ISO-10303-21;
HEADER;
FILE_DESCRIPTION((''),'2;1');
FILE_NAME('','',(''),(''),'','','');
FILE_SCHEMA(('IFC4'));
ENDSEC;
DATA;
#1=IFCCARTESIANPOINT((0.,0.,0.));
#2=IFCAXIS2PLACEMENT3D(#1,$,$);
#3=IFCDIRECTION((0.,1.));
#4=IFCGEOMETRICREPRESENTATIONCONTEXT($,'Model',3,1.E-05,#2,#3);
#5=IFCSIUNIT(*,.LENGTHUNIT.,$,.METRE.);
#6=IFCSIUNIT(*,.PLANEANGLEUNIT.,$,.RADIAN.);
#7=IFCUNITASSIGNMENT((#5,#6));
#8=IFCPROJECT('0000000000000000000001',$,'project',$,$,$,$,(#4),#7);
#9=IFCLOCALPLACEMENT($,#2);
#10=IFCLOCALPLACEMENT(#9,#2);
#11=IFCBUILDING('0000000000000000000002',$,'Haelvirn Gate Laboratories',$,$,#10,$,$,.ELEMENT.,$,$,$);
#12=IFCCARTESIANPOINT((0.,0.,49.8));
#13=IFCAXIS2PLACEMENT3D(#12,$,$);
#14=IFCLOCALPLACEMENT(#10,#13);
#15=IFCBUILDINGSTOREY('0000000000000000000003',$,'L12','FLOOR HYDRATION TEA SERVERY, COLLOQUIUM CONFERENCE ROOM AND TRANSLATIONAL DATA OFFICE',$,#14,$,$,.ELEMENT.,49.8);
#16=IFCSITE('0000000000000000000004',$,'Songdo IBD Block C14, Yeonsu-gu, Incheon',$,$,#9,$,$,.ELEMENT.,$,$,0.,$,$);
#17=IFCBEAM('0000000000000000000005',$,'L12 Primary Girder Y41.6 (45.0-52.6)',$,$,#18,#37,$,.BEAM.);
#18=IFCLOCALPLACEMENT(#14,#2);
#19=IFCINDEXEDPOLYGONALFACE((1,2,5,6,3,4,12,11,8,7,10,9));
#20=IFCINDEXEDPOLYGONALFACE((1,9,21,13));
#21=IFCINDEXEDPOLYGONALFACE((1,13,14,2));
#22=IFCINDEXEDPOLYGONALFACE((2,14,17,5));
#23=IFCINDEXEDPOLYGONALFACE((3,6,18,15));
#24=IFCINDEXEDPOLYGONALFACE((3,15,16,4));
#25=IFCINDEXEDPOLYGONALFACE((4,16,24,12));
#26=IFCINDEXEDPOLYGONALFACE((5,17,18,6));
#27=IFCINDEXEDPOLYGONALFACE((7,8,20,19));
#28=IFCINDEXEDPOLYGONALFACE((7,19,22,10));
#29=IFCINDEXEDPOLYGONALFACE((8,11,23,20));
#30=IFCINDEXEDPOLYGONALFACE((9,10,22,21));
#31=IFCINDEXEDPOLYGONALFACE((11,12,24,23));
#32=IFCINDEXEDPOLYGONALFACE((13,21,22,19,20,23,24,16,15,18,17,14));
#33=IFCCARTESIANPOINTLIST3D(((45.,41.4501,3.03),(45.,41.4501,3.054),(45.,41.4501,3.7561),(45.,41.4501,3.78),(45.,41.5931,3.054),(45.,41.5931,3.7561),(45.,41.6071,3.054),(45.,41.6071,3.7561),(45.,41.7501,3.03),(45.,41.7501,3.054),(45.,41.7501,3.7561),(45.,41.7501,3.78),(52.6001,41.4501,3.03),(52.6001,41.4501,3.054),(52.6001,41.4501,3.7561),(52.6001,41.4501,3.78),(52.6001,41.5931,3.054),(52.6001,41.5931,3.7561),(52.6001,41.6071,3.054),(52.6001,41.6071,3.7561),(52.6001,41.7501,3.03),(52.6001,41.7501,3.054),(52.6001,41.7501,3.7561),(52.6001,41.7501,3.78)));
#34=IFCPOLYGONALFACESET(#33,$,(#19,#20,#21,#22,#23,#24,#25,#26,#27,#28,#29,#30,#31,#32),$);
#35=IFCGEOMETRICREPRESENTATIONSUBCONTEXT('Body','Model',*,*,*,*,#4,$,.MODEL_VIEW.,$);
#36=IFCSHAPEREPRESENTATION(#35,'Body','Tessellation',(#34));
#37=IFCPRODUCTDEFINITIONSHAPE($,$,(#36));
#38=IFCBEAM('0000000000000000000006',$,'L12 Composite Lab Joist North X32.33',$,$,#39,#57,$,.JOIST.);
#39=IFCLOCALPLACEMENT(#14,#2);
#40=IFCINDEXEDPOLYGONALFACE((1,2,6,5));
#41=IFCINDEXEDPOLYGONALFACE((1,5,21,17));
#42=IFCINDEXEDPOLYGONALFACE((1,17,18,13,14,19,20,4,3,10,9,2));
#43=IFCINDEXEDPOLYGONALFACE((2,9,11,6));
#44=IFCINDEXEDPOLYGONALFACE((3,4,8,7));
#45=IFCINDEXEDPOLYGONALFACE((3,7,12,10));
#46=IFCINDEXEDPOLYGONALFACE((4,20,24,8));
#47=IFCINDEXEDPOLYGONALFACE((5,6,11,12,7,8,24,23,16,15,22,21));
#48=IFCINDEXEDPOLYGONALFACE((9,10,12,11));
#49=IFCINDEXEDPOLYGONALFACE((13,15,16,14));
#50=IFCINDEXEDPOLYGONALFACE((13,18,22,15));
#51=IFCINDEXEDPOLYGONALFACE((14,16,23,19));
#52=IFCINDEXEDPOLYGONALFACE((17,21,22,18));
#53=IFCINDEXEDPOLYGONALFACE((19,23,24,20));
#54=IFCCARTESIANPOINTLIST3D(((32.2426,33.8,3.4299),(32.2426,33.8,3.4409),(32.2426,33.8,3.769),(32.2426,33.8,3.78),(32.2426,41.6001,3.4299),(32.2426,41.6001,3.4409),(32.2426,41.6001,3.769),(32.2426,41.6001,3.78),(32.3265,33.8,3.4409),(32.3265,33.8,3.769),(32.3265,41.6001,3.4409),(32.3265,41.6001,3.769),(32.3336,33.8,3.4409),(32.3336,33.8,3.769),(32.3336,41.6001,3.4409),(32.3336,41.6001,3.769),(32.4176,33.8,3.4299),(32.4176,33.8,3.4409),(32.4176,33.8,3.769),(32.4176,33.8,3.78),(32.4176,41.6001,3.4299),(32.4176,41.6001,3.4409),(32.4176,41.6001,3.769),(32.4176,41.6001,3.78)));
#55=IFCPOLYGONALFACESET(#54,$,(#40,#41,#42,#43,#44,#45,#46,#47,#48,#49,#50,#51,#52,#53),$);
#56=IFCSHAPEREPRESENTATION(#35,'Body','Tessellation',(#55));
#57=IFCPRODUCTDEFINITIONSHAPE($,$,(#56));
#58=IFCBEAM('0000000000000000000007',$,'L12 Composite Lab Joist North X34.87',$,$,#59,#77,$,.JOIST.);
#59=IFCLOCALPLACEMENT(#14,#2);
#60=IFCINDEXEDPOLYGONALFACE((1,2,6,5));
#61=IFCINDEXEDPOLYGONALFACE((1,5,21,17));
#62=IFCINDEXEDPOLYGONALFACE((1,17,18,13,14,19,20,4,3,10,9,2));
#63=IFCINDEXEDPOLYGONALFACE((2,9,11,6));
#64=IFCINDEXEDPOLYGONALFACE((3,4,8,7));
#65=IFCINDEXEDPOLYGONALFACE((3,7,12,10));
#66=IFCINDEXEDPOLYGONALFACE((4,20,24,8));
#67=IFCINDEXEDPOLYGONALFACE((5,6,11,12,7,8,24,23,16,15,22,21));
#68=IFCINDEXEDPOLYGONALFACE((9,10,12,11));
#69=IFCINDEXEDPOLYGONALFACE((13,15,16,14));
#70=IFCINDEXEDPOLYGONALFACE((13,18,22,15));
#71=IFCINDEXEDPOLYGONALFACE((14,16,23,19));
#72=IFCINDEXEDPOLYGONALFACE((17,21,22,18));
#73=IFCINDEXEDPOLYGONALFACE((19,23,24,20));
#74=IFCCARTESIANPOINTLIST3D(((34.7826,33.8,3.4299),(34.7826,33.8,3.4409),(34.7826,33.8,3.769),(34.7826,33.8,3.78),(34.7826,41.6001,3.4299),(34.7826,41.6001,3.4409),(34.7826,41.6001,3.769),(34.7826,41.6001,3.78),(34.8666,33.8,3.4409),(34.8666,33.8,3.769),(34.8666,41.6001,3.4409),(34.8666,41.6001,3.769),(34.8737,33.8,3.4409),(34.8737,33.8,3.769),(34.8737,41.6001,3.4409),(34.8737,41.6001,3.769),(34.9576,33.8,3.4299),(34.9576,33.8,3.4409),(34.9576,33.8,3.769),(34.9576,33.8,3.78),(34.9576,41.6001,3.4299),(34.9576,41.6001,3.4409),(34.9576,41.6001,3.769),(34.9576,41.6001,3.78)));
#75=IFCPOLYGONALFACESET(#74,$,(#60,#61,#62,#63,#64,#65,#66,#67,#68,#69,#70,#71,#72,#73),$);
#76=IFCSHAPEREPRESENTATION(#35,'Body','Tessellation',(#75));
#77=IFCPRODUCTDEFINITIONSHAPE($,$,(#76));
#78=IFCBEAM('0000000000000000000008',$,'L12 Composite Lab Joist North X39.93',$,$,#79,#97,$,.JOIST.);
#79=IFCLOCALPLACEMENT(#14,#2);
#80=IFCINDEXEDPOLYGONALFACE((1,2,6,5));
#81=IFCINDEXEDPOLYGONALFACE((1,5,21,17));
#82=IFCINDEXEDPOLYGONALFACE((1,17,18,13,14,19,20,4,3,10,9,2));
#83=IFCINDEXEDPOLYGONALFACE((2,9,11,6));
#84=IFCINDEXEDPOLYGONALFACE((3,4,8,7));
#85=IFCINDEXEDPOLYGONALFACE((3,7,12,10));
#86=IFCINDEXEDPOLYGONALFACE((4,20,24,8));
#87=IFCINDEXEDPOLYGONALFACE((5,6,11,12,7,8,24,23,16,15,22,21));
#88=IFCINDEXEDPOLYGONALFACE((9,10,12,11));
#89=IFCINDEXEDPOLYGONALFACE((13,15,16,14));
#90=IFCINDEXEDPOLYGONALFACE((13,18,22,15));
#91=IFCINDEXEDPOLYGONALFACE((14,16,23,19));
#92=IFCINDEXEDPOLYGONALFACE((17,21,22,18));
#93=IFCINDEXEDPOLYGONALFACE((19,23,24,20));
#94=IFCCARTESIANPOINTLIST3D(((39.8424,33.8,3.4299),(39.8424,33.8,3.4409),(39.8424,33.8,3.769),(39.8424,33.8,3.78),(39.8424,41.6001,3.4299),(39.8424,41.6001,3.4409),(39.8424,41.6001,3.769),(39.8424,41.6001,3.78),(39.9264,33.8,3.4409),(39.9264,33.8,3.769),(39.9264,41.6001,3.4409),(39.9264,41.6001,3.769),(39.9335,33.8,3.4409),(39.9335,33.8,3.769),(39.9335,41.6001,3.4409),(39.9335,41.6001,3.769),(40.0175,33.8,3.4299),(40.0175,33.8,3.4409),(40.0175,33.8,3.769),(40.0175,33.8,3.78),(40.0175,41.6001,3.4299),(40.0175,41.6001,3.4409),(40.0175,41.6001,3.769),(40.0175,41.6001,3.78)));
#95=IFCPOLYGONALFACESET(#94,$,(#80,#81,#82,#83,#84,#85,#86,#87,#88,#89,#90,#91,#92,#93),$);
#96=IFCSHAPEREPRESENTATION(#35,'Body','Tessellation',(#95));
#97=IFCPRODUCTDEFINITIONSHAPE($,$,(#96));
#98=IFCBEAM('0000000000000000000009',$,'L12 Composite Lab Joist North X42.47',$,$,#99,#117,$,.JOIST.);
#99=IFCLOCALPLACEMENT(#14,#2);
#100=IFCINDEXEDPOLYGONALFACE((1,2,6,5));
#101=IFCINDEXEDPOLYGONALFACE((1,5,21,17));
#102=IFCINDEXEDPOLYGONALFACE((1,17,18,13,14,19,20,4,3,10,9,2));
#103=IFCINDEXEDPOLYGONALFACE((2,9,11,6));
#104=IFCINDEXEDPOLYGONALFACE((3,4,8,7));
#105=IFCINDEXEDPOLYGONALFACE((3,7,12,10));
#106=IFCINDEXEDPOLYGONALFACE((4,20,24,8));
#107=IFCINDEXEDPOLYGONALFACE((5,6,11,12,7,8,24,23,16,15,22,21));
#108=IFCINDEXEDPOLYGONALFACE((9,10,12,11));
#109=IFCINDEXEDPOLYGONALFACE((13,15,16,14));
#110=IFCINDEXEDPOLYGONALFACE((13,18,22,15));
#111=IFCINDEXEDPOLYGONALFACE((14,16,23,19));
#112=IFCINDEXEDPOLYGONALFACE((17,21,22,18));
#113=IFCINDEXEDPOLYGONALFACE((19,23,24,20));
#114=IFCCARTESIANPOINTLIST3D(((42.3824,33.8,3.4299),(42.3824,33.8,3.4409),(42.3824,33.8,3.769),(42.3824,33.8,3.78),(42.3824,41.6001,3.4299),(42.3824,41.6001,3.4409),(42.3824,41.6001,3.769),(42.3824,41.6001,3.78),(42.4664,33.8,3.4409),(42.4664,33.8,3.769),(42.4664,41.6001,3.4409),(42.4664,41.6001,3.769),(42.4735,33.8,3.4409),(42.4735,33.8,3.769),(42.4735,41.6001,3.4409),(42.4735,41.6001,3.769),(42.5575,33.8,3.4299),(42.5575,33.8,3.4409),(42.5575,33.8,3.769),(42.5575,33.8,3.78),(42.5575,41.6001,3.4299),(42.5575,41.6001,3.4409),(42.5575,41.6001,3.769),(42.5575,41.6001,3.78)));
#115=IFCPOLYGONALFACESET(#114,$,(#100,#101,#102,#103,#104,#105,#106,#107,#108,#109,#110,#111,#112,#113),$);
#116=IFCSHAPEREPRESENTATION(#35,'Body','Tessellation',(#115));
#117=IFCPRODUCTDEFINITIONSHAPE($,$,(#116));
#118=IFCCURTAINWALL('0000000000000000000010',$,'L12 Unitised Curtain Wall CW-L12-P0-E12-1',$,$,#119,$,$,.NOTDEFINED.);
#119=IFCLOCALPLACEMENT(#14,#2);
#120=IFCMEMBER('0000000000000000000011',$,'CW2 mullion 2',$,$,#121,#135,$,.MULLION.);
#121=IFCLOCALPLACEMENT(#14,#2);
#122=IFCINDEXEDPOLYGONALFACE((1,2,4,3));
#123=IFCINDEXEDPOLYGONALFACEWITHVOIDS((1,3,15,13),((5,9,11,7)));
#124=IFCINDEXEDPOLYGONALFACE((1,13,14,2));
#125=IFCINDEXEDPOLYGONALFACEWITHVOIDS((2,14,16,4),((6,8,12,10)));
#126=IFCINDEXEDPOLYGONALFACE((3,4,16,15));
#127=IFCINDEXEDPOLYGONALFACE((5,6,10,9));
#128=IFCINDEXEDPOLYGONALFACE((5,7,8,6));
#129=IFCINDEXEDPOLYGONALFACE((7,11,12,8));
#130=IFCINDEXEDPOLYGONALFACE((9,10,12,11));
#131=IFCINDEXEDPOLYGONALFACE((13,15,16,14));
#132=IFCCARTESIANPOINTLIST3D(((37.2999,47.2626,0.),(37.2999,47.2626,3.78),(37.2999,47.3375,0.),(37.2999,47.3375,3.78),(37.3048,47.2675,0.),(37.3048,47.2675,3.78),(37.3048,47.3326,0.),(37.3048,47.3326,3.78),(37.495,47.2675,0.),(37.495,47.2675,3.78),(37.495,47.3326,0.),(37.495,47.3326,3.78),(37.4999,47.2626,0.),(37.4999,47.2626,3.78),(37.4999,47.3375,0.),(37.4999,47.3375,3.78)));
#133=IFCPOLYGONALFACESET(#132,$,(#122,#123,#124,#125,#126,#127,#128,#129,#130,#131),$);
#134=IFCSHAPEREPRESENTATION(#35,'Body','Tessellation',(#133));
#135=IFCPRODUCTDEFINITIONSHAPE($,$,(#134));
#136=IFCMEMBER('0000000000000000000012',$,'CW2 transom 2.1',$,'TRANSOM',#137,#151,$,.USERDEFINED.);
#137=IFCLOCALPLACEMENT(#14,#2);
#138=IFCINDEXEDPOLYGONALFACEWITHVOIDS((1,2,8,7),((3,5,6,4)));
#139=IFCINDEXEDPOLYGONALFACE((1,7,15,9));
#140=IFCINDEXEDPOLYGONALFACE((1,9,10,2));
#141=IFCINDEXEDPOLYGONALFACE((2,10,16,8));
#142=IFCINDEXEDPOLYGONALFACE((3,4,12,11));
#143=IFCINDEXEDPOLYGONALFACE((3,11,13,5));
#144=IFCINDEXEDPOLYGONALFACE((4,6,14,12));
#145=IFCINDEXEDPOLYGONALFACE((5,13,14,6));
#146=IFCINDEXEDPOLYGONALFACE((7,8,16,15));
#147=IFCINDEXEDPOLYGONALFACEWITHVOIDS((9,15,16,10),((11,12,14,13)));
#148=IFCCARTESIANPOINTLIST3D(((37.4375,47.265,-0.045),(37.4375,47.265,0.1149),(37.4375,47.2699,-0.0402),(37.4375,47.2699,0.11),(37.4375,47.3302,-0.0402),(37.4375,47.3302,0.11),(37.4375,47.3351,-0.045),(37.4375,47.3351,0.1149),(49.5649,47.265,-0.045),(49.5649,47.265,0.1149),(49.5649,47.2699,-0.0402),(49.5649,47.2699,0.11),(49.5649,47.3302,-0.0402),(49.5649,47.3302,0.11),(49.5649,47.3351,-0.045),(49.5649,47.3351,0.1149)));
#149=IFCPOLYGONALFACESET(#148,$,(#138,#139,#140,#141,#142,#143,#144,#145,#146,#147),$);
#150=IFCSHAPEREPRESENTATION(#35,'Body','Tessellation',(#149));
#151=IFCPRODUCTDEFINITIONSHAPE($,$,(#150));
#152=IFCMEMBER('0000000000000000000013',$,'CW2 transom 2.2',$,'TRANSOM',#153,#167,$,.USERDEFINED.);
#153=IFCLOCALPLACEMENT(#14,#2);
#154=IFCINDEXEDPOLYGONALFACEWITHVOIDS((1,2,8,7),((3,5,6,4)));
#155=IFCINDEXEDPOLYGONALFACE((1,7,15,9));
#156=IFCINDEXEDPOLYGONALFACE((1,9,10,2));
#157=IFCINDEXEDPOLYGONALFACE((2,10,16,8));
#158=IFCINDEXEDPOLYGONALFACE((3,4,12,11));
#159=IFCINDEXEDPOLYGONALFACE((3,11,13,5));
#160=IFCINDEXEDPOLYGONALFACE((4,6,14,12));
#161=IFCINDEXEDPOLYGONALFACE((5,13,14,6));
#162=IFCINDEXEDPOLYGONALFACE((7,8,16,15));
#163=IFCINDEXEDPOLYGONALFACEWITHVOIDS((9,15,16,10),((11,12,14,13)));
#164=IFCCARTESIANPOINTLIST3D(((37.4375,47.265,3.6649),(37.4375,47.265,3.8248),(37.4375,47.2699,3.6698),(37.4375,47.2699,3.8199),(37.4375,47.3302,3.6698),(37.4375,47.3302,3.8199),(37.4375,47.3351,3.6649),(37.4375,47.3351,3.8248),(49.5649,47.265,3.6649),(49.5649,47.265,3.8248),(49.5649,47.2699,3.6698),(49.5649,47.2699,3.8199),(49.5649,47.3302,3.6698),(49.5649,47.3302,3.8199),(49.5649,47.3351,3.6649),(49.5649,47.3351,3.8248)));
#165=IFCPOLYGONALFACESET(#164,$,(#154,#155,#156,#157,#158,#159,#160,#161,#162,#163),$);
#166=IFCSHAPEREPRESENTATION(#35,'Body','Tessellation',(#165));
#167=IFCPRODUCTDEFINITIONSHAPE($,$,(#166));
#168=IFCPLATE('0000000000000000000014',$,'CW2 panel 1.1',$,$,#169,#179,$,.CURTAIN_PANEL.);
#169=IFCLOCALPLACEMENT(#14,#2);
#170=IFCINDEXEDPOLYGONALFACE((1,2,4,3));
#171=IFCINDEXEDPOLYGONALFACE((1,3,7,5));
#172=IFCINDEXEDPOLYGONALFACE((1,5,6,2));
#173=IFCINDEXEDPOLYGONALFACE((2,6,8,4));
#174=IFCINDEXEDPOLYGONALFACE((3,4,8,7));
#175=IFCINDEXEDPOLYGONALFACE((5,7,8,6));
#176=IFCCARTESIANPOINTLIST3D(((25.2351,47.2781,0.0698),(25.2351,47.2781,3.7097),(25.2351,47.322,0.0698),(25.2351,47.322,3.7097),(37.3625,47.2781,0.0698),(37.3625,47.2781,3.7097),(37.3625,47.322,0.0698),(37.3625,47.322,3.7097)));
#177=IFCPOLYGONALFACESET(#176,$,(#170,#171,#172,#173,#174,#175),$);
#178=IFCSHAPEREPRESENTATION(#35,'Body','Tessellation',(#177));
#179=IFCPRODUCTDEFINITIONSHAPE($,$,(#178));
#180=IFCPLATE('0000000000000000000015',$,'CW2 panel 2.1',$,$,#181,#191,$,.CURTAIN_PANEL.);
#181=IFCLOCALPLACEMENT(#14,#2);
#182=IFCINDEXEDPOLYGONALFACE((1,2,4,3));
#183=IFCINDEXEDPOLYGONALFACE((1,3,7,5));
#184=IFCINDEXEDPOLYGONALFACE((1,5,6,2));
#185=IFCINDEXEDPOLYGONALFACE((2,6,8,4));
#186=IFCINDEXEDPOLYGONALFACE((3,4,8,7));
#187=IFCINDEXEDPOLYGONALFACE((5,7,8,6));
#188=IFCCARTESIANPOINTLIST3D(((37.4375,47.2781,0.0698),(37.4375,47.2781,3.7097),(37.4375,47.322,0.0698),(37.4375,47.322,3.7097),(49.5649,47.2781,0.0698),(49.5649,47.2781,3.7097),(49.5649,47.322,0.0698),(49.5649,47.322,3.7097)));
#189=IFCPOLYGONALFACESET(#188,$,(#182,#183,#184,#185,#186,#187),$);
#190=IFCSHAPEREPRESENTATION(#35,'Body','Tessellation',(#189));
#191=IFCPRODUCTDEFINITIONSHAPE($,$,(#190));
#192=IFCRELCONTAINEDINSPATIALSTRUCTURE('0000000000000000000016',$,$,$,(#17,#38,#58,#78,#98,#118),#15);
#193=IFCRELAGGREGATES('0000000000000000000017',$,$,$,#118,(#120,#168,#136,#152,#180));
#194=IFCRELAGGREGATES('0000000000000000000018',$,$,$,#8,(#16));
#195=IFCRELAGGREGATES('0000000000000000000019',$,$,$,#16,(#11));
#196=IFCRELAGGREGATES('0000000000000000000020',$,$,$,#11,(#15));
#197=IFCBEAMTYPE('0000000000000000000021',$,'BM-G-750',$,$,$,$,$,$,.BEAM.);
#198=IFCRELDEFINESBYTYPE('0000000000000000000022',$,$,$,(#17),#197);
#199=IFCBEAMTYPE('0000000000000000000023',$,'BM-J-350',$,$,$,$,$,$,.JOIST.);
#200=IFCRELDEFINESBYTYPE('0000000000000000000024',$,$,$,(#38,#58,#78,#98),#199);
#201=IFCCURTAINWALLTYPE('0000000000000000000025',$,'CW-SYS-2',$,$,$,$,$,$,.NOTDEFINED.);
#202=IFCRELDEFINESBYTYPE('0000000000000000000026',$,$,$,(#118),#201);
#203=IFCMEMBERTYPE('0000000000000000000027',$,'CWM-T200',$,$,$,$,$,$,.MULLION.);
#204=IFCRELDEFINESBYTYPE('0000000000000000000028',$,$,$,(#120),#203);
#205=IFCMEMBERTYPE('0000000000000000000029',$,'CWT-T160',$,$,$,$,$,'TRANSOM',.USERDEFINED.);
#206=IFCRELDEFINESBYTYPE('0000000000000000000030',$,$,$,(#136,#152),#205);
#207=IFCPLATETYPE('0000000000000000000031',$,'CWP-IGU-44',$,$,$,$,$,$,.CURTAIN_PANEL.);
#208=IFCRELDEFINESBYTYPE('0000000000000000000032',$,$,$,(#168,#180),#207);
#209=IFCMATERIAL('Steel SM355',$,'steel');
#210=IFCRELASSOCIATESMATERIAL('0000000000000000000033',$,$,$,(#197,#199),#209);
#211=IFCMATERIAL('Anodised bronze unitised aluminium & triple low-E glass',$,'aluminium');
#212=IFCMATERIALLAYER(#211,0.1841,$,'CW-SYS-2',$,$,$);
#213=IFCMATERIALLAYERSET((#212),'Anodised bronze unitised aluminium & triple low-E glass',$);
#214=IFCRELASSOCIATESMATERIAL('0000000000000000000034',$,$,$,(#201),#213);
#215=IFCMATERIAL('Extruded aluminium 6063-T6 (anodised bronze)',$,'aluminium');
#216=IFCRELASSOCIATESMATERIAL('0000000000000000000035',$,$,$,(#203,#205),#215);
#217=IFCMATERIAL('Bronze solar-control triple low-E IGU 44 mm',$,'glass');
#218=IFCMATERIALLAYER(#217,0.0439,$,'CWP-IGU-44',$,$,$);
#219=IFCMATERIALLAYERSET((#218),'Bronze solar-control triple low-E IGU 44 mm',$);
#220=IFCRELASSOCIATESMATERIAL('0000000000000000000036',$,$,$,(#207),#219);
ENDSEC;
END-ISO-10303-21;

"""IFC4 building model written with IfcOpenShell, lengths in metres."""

from ifc_helpers import new_model, si_unit, direction, frame, origin, origin_2d, place, context, subcontext, project, spatial, rectangle, hollow_rectangle, i_section, extrude, source, transform, mapped, material, layer, layer_set, material_profile, profile_set, type_object, type_shapes, element, aggregate, save


model = new_model("IFC4")

# Units and contexts
model_context = context("Model", 3, precision=1e-05, world=origin(), true_north=direction((0.0, 1.0)))
body_context = subcontext(model_context, "Body", "Model", "MODEL_VIEW")
ifc_project = project(units=[si_unit("LENGTHUNIT", "METRE"), si_unit("PLANEANGLEUNIT", "RADIAN")], contexts=[model_context])

# Site, building, storey
site_placement = place(None, origin())
site = spatial("IfcSite", under=ifc_project, at=site_placement, Name="Songdo IBD Block C14, Yeonsu-gu, Incheon", CompositionType="ELEMENT", RefElevation=0.0)
building_placement = place(site_placement, origin())
building = spatial("IfcBuilding", under=site, at=building_placement, Name="Haelvirn Gate Laboratories", CompositionType="ELEMENT")
storey_placement = place(building_placement, frame((0.0, 0.0, 49.8)))
storey = spatial("IfcBuildingStorey", under=building, at=storey_placement, Name="L12", Description="FLOOR HYDRATION TEA SERVERY, COLLOQUIUM CONFERENCE ROOM AND TRANSLATIONAL DATA OFFICE", CompositionType="ELEMENT", Elevation=49.8)

# Beams
ifc_material_1 = material(Name="Steel SM355", Category="steel")
ifc_material_profile_1 = material_profile(ifc_material_1, i_section(OverallWidth=0.3, OverallDepth=0.75, WebThickness=0.0139, FlangeThickness=0.0239, at=origin_2d()), Name="H-750x300x14x24")
ifc_profile_set_1 = profile_set([ifc_material_profile_1], Name="Steel SM355")
beam_type_1 = type_object("IfcBeamType", Name="BM-G-750", PredefinedType="BEAM", material=ifc_profile_set_1)
shared_shape_1 = source(origin(), body_context, "Body", "SweptSolid", [
    extrude(i_section(OverallWidth=0.3, OverallDepth=0.75, WebThickness=0.0139, FlangeThickness=0.0239, at=origin_2d()), origin(), (0.0, 0.0, 1.0), 7.6001),
])
type_shapes(beam_type_1, [shared_shape_1])
for number, where, z_axis, x_axis, name in (
    (1, (45.0, 41.6001, 3.405), (1.0, 0.0, 0.0), (0.0, 1.0, 0.0), "L12 Primary Girder Y41.6 (45.0-52.6)"),
):
    element("IfcBeam", number, at=place(storey_placement, frame(where, z_axis=z_axis, x_axis=x_axis)), inside=storey, type_object=beam_type_1, Name=name, PredefinedType="BEAM", context=body_context, shape_type="MappedRepresentation", body=[
        mapped(shared_shape_1, transform((0.0, 0.0, 0.0), scale=1.0)),
    ])
ifc_material_profile_2 = material_profile(ifc_material_1, i_section(OverallWidth=0.175, OverallDepth=0.3501, WebThickness=0.0071, FlangeThickness=0.011, at=origin_2d()), Name="H-350x175x7x11")
ifc_profile_set_2 = profile_set([ifc_material_profile_2], Name="Steel SM355")
beam_type_2 = type_object("IfcBeamType", Name="BM-J-350", PredefinedType="JOIST", material=ifc_profile_set_2)
shared_shape_2 = source(origin(), body_context, "Body", "SweptSolid", [
    extrude(i_section(OverallWidth=0.175, OverallDepth=0.3501, WebThickness=0.0071, FlangeThickness=0.011, at=origin_2d()), origin(), (0.0, 0.0, 1.0), 7.8),
])
type_shapes(beam_type_2, [shared_shape_2])
for number, where, z_axis, x_axis, name in (
    (2, (32.3301, 33.8, 3.605), (0.0, 1.0, 0.0), (-1.0, 0.0, 0.0), "L12 Composite Lab Joist North X32.33"),
    (3, (34.8701, 33.8, 3.605), (0.0, 1.0, 0.0), (-1.0, 0.0, 0.0), "L12 Composite Lab Joist North X34.87"),
    (4, (39.9299, 33.8, 3.605), (0.0, 1.0, 0.0), (-1.0, 0.0, 0.0), "L12 Composite Lab Joist North X39.93"),
    (5, (42.47, 33.8, 3.605), (0.0, 1.0, 0.0), (-1.0, 0.0, 0.0), "L12 Composite Lab Joist North X42.47"),
):
    element("IfcBeam", number, at=place(storey_placement, frame(where, z_axis=z_axis, x_axis=x_axis)), inside=storey, type_object=beam_type_2, Name=name, PredefinedType="JOIST", context=body_context, shape_type="MappedRepresentation", body=[
        mapped(shared_shape_2, transform((0.0, 0.0, 0.0), scale=1.0)),
    ])

# Curtain wall, members, plates
ifc_material_2 = material(Name="Anodised bronze unitised aluminium & triple low-E glass", Category="aluminium")
ifc_layer_1 = layer(ifc_material_2, 0.1841, Name="CW-SYS-2")
ifc_layer_set_1 = layer_set([ifc_layer_1], Name="Anodised bronze unitised aluminium & triple low-E glass")
curtain_wall_type = type_object("IfcCurtainWallType", Name="CW-SYS-2", PredefinedType="NOTDEFINED", material=ifc_layer_set_1)
curtain_wall_placement = place(storey_placement, origin())
curtain_wall = element("IfcCurtainWall", 6, at=curtain_wall_placement, inside=storey, type_object=curtain_wall_type, Name="L12 Unitised Curtain Wall CW-L12-P0-E12-1", PredefinedType="NOTDEFINED")
ifc_material_3 = material(Name="Extruded aluminium 6063-T6 (anodised bronze)", Category="aluminium")
ifc_material_profile_3 = material_profile(ifc_material_3, hollow_rectangle(XDim=0.075, YDim=0.2, WallThickness=0.0049, at=origin_2d()), Name="CWM-200x75x5")
ifc_profile_set_3 = profile_set([ifc_material_profile_3], Name="Extruded aluminium 6063-T6 (anodised bronze)")
member_type_1 = type_object("IfcMemberType", Name="CWM-T200", PredefinedType="MULLION", material=ifc_profile_set_3)
shared_shape_3 = source(origin(), body_context, "Body", "SweptSolid", [
    extrude(hollow_rectangle(XDim=0.075, YDim=0.2, WallThickness=0.0049, at=origin_2d()), origin(), (0.0, 0.0, 1.0), 3.78),
])
type_shapes(member_type_1, [shared_shape_3])
member_1_placement = place(storey_placement, frame((37.3999, 47.3, 0.0), z_axis=(0.0, 0.0, 1.0), x_axis=(0.0, 1.0, 0.0)))
member_1 = element("IfcMember", 7, at=member_1_placement, type_object=member_type_1, Name="CW2 mullion 2", PredefinedType="MULLION", context=body_context, shape_type="MappedRepresentation", body=[
    mapped(shared_shape_3, transform((0.0, 0.0, 0.0), scale=1.0)),
])
ifc_material_profile_4 = material_profile(ifc_material_3, hollow_rectangle(XDim=0.0701, YDim=0.1599, WallThickness=0.0049, at=origin_2d()), Name="CWT-160x70x5")
ifc_profile_set_4 = profile_set([ifc_material_profile_4], Name="Extruded aluminium 6063-T6 (anodised bronze)")
member_type_2 = type_object("IfcMemberType", Name="CWT-T160", ElementType="TRANSOM", PredefinedType="USERDEFINED", material=ifc_profile_set_4)
shared_shape_4 = source(origin(), body_context, "Body", "SweptSolid", [
    extrude(hollow_rectangle(XDim=0.0701, YDim=0.1599, WallThickness=0.0049, at=origin_2d()), origin(), (0.0, 0.0, 1.0), 12.1274),
])
type_shapes(member_type_2, [shared_shape_4])
member_2_placement = place(storey_placement, frame((37.4375, 47.3, 0.0349), z_axis=(1.0, 0.0, 0.0), x_axis=(0.0, 1.0, 0.0)))
member_2 = element("IfcMember", 8, at=member_2_placement, type_object=member_type_2, Name="CW2 transom 2.1", ObjectType="TRANSOM", PredefinedType="USERDEFINED", context=body_context, shape_type="MappedRepresentation", body=[
    mapped(shared_shape_4, transform((0.0, 0.0, 0.0), scale=1.0)),
])
member_3_placement = place(storey_placement, frame((37.4375, 47.3, 3.7449), z_axis=(1.0, 0.0, 0.0), x_axis=(0.0, 1.0, 0.0)))
member_3 = element("IfcMember", 9, at=member_3_placement, type_object=member_type_2, Name="CW2 transom 2.2", ObjectType="TRANSOM", PredefinedType="USERDEFINED", context=body_context, shape_type="MappedRepresentation", body=[
    mapped(shared_shape_4, transform((0.0, 0.0, 0.0), scale=1.0)),
])
ifc_material_4 = material(Name="Bronze solar-control triple low-E IGU 44 mm", Category="glass")
ifc_layer_2 = layer(ifc_material_4, 0.0439, Name="CWP-IGU-44")
ifc_layer_set_2 = layer_set([ifc_layer_2], Name="Bronze solar-control triple low-E IGU 44 mm")
plate_type = type_object("IfcPlateType", Name="CWP-IGU-44", PredefinedType="CURTAIN_PANEL", material=ifc_layer_set_2)
shared_shape_5 = source(origin(), body_context, "Body", "SweptSolid", [
    extrude(rectangle(XDim=12.1274, YDim=0.0439, at=origin_2d()), origin(), (0.0, 0.0, 1.0), 3.6399),
])
type_shapes(plate_type, [shared_shape_5])
plate_1_placement = place(storey_placement, frame((31.2988, 47.3, 0.0698), z_axis=(0.0, 0.0, 1.0), x_axis=(1.0, 0.0, 0.0)))
plate_1 = element("IfcPlate", 10, at=plate_1_placement, type_object=plate_type, Name="CW2 panel 1.1", PredefinedType="CURTAIN_PANEL", context=body_context, shape_type="MappedRepresentation", body=[
    mapped(shared_shape_5, transform((0.0, 0.0, 0.0), scale=1.0)),
])
plate_2_placement = place(storey_placement, frame((43.5012, 47.3, 0.0698), z_axis=(0.0, 0.0, 1.0), x_axis=(1.0, 0.0, 0.0)))
plate_2 = element("IfcPlate", 11, at=plate_2_placement, type_object=plate_type, Name="CW2 panel 2.1", PredefinedType="CURTAIN_PANEL", context=body_context, shape_type="MappedRepresentation", body=[
    mapped(shared_shape_5, transform((0.0, 0.0, 0.0), scale=1.0)),
])
aggregate(curtain_wall, [member_1, plate_1, member_2, member_3, plate_2])

save(model, "model.ifc")
